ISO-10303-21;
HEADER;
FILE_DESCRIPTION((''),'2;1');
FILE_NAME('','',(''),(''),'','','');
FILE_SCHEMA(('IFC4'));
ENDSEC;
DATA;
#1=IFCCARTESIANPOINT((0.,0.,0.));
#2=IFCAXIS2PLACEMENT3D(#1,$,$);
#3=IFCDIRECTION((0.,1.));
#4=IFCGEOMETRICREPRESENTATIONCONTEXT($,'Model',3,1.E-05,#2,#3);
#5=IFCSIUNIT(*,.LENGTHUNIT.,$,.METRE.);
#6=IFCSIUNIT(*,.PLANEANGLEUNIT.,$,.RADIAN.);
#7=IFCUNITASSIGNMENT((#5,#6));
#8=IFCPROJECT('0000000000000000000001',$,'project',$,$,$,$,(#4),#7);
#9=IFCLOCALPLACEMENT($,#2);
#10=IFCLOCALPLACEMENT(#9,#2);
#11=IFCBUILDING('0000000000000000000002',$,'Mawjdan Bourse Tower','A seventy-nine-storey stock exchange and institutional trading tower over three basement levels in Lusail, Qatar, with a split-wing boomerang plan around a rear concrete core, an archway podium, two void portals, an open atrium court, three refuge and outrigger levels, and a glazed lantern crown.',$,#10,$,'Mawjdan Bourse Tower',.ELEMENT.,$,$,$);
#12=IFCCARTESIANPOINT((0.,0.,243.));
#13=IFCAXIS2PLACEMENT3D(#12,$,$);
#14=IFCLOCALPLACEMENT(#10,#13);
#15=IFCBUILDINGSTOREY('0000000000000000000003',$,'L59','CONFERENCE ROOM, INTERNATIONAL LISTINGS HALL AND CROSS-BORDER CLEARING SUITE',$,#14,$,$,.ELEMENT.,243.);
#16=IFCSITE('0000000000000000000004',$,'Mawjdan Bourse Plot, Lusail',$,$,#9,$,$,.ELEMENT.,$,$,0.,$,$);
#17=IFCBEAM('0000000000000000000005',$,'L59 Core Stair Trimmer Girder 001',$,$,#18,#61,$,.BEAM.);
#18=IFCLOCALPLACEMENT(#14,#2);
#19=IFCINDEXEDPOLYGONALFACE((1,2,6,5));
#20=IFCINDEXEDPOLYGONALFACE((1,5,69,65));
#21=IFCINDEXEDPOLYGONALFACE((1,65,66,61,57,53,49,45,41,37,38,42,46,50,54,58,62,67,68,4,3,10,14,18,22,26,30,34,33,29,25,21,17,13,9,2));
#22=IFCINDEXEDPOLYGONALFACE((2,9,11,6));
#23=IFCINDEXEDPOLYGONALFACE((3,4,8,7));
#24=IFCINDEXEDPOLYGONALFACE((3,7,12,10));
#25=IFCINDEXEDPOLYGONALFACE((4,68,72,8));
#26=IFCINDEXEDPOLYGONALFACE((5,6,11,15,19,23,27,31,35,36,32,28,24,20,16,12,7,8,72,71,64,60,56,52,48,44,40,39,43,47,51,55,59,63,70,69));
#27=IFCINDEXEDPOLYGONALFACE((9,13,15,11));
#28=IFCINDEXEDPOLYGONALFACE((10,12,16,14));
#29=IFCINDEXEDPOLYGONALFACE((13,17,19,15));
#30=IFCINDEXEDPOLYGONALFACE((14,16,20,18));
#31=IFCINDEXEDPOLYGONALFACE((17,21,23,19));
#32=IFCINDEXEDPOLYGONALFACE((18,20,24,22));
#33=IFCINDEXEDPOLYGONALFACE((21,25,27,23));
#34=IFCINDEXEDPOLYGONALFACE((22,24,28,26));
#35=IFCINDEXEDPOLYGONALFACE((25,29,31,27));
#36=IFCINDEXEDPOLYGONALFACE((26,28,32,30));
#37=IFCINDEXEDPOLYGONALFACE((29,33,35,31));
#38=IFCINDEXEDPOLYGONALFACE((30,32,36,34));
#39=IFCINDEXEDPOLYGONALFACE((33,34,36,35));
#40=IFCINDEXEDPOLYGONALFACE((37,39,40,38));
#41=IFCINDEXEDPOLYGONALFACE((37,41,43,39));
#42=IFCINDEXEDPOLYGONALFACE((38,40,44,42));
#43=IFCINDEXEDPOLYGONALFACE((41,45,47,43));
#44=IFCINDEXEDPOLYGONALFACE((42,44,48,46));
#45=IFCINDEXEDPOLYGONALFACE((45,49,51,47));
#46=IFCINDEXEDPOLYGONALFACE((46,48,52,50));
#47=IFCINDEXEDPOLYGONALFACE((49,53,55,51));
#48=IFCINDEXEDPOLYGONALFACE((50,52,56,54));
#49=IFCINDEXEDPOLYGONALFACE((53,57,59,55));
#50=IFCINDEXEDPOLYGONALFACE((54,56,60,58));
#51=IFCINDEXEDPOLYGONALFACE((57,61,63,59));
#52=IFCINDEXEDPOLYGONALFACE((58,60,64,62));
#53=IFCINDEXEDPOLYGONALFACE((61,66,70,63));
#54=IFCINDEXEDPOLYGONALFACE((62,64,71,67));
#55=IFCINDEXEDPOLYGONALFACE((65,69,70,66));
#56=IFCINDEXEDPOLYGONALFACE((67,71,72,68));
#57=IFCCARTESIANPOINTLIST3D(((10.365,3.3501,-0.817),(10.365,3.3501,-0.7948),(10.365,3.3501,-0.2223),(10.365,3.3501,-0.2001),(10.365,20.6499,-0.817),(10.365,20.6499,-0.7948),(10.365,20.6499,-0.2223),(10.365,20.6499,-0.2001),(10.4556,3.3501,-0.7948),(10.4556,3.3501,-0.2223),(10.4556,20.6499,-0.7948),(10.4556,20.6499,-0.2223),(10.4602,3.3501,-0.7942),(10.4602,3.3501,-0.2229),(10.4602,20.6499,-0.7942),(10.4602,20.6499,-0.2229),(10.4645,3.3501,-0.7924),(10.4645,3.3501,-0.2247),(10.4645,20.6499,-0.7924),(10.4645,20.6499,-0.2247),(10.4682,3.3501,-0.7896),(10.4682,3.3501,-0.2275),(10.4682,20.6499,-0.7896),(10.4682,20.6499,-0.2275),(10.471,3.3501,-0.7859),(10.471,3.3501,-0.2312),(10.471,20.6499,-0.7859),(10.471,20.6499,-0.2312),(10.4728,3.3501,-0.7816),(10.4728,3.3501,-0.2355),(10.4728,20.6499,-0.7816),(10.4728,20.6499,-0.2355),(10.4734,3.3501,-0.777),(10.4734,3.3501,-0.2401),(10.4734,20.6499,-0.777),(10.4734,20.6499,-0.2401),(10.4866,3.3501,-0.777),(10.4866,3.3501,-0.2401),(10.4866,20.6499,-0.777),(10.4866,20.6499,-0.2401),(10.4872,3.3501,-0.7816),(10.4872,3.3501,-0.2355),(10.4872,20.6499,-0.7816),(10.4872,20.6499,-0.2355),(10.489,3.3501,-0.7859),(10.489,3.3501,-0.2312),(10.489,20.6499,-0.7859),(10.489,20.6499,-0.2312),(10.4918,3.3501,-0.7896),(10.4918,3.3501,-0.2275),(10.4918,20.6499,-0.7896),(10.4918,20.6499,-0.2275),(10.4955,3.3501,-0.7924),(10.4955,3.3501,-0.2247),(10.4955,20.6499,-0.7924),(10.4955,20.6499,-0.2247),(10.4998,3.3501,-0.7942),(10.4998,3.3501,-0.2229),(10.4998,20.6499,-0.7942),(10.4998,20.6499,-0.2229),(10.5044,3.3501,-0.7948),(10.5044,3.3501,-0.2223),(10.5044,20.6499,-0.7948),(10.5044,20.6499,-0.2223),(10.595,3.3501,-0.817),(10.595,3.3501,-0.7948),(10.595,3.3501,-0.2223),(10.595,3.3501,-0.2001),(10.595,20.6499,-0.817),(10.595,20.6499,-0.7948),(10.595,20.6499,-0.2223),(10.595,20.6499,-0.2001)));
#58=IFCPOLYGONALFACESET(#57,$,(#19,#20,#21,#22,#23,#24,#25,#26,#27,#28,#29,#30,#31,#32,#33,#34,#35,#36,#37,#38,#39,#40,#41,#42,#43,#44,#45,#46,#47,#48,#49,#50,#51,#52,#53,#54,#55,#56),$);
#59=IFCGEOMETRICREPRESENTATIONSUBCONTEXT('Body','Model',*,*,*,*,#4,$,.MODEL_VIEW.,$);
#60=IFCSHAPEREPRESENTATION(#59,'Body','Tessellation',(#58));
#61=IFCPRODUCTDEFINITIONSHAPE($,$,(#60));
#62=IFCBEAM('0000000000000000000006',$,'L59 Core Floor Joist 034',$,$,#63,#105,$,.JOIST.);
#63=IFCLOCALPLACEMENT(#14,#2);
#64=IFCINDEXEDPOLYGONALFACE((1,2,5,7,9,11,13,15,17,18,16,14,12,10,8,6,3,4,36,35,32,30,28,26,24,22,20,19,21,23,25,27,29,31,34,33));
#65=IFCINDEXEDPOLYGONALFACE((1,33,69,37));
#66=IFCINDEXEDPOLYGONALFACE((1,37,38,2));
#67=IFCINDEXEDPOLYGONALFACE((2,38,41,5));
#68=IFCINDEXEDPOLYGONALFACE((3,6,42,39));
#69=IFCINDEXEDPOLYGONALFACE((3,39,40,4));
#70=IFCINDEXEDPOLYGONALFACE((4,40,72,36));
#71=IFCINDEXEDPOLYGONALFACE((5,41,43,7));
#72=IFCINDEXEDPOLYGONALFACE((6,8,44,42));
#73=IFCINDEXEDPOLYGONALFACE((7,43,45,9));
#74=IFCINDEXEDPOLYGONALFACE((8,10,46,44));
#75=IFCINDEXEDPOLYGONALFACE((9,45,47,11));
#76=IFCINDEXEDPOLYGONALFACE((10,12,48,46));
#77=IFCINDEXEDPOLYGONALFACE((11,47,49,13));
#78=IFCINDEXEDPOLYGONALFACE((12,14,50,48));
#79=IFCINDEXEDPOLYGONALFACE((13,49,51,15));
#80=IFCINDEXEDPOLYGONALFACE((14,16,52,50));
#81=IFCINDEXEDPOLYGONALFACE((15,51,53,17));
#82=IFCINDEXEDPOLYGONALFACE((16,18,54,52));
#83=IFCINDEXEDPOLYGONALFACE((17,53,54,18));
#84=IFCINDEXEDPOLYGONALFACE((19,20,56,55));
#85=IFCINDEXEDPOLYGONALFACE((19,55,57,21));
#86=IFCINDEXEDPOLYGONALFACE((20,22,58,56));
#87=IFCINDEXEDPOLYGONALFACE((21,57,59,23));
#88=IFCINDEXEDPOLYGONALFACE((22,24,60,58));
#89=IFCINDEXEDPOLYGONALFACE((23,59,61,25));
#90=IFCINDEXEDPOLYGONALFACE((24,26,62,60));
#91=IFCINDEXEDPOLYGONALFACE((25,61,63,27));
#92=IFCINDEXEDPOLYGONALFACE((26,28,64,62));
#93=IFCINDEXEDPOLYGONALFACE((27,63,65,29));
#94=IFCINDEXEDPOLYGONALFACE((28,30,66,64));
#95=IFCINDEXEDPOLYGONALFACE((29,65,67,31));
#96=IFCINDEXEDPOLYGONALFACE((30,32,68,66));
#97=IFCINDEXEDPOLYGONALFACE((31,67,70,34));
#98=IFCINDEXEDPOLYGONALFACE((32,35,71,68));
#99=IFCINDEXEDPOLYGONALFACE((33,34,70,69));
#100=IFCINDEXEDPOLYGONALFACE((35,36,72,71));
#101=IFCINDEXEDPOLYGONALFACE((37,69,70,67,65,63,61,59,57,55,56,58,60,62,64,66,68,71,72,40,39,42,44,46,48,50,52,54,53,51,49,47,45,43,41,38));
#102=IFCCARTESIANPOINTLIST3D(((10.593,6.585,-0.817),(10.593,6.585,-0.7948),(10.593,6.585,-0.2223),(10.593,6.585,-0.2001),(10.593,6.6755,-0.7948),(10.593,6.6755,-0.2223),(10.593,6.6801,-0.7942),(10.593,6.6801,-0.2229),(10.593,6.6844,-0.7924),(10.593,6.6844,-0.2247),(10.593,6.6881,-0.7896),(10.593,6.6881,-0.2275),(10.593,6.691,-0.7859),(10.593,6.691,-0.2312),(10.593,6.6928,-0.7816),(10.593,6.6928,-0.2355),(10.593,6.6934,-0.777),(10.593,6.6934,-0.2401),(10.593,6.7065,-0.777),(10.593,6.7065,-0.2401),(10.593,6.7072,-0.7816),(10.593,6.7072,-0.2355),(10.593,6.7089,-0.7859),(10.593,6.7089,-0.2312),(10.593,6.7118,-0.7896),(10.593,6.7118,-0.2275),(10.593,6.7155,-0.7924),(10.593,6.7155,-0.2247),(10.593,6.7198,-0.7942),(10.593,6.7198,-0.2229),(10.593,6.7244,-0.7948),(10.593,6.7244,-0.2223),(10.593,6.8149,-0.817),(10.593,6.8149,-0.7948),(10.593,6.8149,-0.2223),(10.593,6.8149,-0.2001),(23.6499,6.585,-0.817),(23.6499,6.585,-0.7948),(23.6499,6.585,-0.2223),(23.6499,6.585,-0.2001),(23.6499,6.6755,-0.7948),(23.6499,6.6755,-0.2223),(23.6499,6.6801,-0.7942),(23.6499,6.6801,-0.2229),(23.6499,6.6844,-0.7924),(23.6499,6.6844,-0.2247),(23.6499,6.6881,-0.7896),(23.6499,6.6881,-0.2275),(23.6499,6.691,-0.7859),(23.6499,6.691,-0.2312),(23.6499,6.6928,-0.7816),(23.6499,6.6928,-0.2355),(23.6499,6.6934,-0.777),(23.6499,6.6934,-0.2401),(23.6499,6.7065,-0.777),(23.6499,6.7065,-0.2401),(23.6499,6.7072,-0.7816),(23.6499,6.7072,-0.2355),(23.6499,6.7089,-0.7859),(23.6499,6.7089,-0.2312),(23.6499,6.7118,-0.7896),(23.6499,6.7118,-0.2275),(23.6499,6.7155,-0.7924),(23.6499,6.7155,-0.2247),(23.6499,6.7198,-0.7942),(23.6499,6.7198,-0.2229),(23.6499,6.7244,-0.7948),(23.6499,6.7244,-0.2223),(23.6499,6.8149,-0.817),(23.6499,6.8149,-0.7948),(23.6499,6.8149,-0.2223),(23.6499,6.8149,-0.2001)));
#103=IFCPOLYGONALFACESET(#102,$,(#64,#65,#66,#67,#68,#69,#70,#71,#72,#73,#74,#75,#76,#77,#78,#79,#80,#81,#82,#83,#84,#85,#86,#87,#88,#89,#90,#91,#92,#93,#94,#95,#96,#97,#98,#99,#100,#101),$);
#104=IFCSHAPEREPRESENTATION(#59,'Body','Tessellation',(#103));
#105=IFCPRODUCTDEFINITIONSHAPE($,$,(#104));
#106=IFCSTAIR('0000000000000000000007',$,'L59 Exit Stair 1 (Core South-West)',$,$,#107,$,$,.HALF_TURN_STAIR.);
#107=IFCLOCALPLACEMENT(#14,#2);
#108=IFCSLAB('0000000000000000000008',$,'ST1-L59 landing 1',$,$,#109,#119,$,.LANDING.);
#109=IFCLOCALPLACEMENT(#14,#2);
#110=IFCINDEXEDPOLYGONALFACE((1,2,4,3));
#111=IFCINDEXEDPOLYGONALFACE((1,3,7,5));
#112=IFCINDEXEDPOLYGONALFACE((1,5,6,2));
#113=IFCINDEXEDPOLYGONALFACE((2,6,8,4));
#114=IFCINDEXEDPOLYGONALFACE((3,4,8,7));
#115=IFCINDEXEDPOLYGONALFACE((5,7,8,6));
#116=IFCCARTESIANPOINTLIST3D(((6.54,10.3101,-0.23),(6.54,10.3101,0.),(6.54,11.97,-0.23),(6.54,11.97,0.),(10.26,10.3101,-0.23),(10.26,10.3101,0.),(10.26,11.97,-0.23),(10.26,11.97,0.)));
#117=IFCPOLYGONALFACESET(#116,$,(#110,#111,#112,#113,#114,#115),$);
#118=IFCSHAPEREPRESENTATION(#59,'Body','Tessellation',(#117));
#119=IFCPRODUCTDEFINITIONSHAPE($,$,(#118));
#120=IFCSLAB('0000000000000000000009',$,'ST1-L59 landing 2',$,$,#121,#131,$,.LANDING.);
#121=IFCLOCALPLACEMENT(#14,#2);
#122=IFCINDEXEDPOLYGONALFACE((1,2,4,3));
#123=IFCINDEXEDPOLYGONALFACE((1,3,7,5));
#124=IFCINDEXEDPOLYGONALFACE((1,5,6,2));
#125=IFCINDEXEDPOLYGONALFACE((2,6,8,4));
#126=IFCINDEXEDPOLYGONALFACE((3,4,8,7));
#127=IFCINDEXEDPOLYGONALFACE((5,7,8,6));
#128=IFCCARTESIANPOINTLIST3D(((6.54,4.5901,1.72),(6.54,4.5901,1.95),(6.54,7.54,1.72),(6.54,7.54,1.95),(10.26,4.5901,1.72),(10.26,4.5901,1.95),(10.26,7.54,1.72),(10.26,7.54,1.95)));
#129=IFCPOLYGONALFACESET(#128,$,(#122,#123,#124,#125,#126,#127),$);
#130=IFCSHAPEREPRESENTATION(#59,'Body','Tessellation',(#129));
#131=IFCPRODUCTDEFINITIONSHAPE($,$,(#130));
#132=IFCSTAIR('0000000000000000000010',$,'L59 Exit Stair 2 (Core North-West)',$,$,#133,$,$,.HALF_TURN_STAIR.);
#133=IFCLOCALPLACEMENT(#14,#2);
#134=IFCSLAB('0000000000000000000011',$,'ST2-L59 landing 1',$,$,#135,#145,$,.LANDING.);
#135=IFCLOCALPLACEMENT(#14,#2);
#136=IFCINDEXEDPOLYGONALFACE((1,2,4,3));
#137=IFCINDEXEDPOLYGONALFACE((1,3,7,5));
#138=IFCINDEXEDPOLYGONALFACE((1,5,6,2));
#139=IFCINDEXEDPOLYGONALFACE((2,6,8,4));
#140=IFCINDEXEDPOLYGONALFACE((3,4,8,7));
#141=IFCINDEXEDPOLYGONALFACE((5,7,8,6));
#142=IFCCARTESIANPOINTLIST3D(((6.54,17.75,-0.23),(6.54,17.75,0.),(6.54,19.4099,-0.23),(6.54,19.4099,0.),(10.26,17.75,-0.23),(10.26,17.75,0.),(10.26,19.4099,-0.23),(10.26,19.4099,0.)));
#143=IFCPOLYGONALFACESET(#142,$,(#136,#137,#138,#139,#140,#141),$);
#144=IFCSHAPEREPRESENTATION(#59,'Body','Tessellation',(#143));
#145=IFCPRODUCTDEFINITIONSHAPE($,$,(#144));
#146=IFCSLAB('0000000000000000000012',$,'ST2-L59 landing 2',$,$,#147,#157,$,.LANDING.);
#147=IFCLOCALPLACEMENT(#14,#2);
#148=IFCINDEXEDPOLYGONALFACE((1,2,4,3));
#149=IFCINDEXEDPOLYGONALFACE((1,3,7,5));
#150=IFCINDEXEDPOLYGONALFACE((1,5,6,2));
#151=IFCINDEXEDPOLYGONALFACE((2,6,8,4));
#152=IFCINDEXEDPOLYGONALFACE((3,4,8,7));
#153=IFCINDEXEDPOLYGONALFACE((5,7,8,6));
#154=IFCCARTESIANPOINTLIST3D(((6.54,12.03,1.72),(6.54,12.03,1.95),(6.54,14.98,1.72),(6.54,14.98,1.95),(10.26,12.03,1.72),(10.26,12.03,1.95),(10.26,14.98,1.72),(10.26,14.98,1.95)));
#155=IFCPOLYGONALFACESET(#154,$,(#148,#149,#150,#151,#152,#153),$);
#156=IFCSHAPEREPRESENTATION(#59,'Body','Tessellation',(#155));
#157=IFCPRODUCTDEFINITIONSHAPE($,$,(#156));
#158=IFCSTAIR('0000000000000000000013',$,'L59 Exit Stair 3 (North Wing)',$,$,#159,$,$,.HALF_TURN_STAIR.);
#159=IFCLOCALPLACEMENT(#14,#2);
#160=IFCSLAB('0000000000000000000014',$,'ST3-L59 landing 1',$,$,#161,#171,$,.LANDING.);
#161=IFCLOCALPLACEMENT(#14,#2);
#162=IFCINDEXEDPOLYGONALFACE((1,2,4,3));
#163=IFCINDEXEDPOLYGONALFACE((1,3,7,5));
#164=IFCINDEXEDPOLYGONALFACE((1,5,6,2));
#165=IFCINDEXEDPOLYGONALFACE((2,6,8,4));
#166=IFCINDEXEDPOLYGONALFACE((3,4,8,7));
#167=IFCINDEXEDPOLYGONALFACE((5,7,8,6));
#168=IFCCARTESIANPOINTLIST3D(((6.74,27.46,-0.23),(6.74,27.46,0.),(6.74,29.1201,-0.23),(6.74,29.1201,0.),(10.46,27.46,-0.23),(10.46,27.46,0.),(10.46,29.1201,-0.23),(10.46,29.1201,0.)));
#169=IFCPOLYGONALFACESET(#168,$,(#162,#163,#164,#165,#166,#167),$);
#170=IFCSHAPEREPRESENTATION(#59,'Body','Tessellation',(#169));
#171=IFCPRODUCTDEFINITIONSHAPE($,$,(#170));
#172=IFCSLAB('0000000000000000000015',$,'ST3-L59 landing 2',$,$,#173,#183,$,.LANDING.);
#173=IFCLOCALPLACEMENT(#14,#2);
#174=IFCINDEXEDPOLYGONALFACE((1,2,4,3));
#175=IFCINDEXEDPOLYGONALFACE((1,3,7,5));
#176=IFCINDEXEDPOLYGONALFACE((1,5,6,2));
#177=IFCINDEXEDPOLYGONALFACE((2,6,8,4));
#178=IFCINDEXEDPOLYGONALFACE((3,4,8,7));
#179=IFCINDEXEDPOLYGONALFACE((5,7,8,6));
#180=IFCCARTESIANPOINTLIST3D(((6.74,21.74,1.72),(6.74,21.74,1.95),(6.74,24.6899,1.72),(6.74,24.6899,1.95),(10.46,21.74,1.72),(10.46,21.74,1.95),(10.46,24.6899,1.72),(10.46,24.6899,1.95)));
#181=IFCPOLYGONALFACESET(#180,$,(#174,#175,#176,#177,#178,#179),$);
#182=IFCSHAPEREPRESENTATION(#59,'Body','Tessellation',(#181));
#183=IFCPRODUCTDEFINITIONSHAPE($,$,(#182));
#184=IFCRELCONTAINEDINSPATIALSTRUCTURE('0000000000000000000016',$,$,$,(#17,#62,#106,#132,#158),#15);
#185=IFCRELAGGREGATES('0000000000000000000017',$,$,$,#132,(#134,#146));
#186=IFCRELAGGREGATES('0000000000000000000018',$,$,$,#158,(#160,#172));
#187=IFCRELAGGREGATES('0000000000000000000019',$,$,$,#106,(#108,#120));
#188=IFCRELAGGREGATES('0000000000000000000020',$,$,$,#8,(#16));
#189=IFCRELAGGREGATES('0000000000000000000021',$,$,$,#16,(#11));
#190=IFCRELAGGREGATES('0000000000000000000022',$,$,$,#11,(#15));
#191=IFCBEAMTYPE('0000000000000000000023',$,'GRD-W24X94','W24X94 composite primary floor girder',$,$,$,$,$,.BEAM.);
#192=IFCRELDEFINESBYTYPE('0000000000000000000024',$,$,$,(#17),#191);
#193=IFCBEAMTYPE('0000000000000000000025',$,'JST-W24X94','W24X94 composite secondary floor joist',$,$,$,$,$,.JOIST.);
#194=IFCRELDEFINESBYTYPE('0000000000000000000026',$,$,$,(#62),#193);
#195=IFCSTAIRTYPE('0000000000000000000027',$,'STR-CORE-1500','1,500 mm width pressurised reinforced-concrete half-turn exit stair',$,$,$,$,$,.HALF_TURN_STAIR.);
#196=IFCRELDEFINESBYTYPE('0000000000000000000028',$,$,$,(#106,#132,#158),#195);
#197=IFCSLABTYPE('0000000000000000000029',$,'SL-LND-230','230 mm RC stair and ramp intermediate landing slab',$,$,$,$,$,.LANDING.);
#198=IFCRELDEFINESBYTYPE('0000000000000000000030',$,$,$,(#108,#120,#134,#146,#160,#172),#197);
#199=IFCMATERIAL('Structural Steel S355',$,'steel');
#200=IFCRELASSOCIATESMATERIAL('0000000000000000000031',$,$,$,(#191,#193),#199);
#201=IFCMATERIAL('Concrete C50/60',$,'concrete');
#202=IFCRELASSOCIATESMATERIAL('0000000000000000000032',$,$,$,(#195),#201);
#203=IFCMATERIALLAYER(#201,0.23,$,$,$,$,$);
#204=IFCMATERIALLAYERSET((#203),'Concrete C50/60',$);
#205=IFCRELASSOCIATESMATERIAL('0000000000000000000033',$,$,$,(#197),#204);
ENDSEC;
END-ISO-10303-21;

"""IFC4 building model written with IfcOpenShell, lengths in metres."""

from ifc_helpers import new_model, si_unit, direction, frame, origin, origin_2d, place, context, subcontext, project, spatial, polyline, i_section, outline, extrude, material, layer, layer_set, material_profile, profile_set, type_object, element, aggregate, save


model = new_model("IFC4")

# Units and contexts
model_context = context("Model", 3, precision=1e-05, world=origin(), true_north=direction((0.0, 1.0)))
body_context = subcontext(model_context, "Body", "Model", "MODEL_VIEW")
ifc_project = project(units=[si_unit("LENGTHUNIT", "METRE"), si_unit("PLANEANGLEUNIT", "RADIAN")], contexts=[model_context])

# Site, building, storey
site_placement = place(None, origin())
site = spatial("IfcSite", under=ifc_project, at=site_placement, Name="Mawjdan Bourse Plot, Lusail", CompositionType="ELEMENT", RefElevation=0.0)
building_placement = place(site_placement, origin())
building = spatial("IfcBuilding", under=site, at=building_placement, Name="Mawjdan Bourse Tower", Description="A seventy-nine-storey stock exchange and institutional trading tower over three basement levels in Lusail, Qatar, with a split-wing boomerang plan around a rear concrete core, an archway podium, two void portals, an open atrium court, three refuge and outrigger levels, and a glazed lantern crown.", LongName="Mawjdan Bourse Tower", CompositionType="ELEMENT")
storey_placement = place(building_placement, frame((0.0, 0.0, 243.0)))
storey = spatial("IfcBuildingStorey", under=building, at=storey_placement, Name="L59", Description="CONFERENCE ROOM, INTERNATIONAL LISTINGS HALL AND CROSS-BORDER CLEARING SUITE", CompositionType="ELEMENT", Elevation=243.0)

# Beams
ifc_material_1 = material(Name="Structural Steel S355", Category="steel")
ifc_material_profile_1 = material_profile(ifc_material_1, i_section(OverallWidth=0.23, OverallDepth=0.6169, WebThickness=0.0132, FlangeThickness=0.0222, FilletRadius=0.0178, at=origin_2d()), Name="W24X94")
ifc_profile_set_1 = profile_set([ifc_material_profile_1], Name="Structural Steel S355")
beam_type_1 = type_object("IfcBeamType", Name="GRD-W24X94", Description="W24X94 composite primary floor girder", PredefinedType="BEAM", material=ifc_profile_set_1)
beam_1_placement = place(storey_placement, frame((10.48, 3.3501, -0.5085), z_axis=(0.0, 1.0, 0.0), x_axis=(-1.0, 0.0, 0.0)))
element("IfcBeam", 1, at=beam_1_placement, inside=storey, type_object=beam_type_1, Name="L59 Core Stair Trimmer Girder 001", PredefinedType="BEAM", context=body_context, shape_type="SweptSolid", body=[
    extrude(i_section(OverallWidth=0.23, OverallDepth=0.6169, WebThickness=0.0132, FlangeThickness=0.0222, FilletRadius=0.0178, at=origin_2d()), origin(), (0.0, 0.0, 1.0), 17.2998),
])
ifc_material_profile_2 = material_profile(ifc_material_1, i_section(OverallWidth=0.23, OverallDepth=0.6169, WebThickness=0.0132, FlangeThickness=0.0222, FilletRadius=0.0178, at=origin_2d()), Name="W24X94")
ifc_profile_set_2 = profile_set([ifc_material_profile_2], Name="Structural Steel S355")
beam_type_2 = type_object("IfcBeamType", Name="JST-W24X94", Description="W24X94 composite secondary floor joist", PredefinedType="JOIST", material=ifc_profile_set_2)
beam_2_placement = place(storey_placement, frame((10.593, 6.7, -0.5085), z_axis=(1.0, 0.0, 0.0), x_axis=(0.0, 1.0, 0.0)))
element("IfcBeam", 2, at=beam_2_placement, inside=storey, type_object=beam_type_2, Name="L59 Core Floor Joist 034", PredefinedType="JOIST", context=body_context, shape_type="SweptSolid", body=[
    extrude(i_section(OverallWidth=0.23, OverallDepth=0.6169, WebThickness=0.0132, FlangeThickness=0.0222, FilletRadius=0.0178, at=origin_2d()), origin(), (0.0, 0.0, 1.0), 13.0569),
])

# Stairs, slabs
ifc_material_2 = material(Name="Concrete C50/60", Category="concrete")
stair_type = type_object("IfcStairType", Name="STR-CORE-1500", Description="1,500 mm width pressurised reinforced-concrete half-turn exit stair", PredefinedType="HALF_TURN_STAIR", material=ifc_material_2)
stair_1_placement = place(storey_placement, origin())
stair_1 = element("IfcStair", 3, at=stair_1_placement, inside=storey, type_object=stair_type, Name="L59 Exit Stair 1 (Core South-West)", PredefinedType="HALF_TURN_STAIR")
ifc_layer_1 = layer(ifc_material_2, 0.23)
ifc_layer_set_1 = layer_set([ifc_layer_1], Name="Concrete C50/60")
slab_type_1 = type_object("IfcSlabType", Name="SL-LND-230", Description="230 mm RC stair and ramp intermediate landing slab", PredefinedType="LANDING", material=ifc_layer_set_1)
slab_1_placement = place(storey_placement, frame((0.0, 0.0, -0.23)))
slab_1 = element("IfcSlab", 4, at=slab_1_placement, type_object=slab_type_1, Name="ST1-L59 landing 1", PredefinedType="LANDING", context=body_context, shape_type="SweptSolid", body=[
    extrude(outline(polyline([(6.54, 10.3101), (10.26, 10.3101), (10.26, 11.97), (6.54, 11.97), (6.54, 10.3101)])), origin(), (0.0, 0.0, 1.0), 0.23),
])
slab_2_placement = place(storey_placement, frame((0.0, 0.0, 1.72)))
slab_2 = element("IfcSlab", 5, at=slab_2_placement, type_object=slab_type_1, Name="ST1-L59 landing 2", PredefinedType="LANDING", context=body_context, shape_type="SweptSolid", body=[
    extrude(outline(polyline([(6.54, 4.5901), (10.26, 4.5901), (10.26, 7.54), (6.54, 7.54), (6.54, 4.5901)])), origin(), (0.0, 0.0, 1.0), 0.23),
])
stair_2_placement = place(storey_placement, origin())
stair_2 = element("IfcStair", 6, at=stair_2_placement, inside=storey, type_object=stair_type, Name="L59 Exit Stair 2 (Core North-West)", PredefinedType="HALF_TURN_STAIR")
slab_3_placement = place(storey_placement, frame((0.0, 0.0, -0.23)))
slab_3 = element("IfcSlab", 7, at=slab_3_placement, type_object=slab_type_1, Name="ST2-L59 landing 1", PredefinedType="LANDING", context=body_context, shape_type="SweptSolid", body=[
    extrude(outline(polyline([(6.54, 17.75), (10.26, 17.75), (10.26, 19.4099), (6.54, 19.4099), (6.54, 17.75)])), origin(), (0.0, 0.0, 1.0), 0.23),
])
slab_4_placement = place(storey_placement, frame((0.0, 0.0, 1.72)))
slab_4 = element("IfcSlab", 8, at=slab_4_placement, type_object=slab_type_1, Name="ST2-L59 landing 2", PredefinedType="LANDING", context=body_context, shape_type="SweptSolid", body=[
    extrude(outline(polyline([(6.54, 12.03), (10.26, 12.03), (10.26, 14.98), (6.54, 14.98), (6.54, 12.03)])), origin(), (0.0, 0.0, 1.0), 0.23),
])
aggregate(stair_2, [slab_3, slab_4])
stair_3_placement = place(storey_placement, origin())
stair_3 = element("IfcStair", 9, at=stair_3_placement, inside=storey, type_object=stair_type, Name="L59 Exit Stair 3 (North Wing)", PredefinedType="HALF_TURN_STAIR")
slab_5_placement = place(storey_placement, frame((0.0, 0.0, -0.23)))
slab_5 = element("IfcSlab", 10, at=slab_5_placement, type_object=slab_type_1, Name="ST3-L59 landing 1", PredefinedType="LANDING", context=body_context, shape_type="SweptSolid", body=[
    extrude(outline(polyline([(6.74, 27.46), (10.46, 27.46), (10.46, 29.1201), (6.74, 29.1201), (6.74, 27.46)])), origin(), (0.0, 0.0, 1.0), 0.23),
])
slab_6_placement = place(storey_placement, frame((0.0, 0.0, 1.72)))
slab_6 = element("IfcSlab", 11, at=slab_6_placement, type_object=slab_type_1, Name="ST3-L59 landing 2", PredefinedType="LANDING", context=body_context, shape_type="SweptSolid", body=[
    extrude(outline(polyline([(6.74, 21.74), (10.46, 21.74), (10.46, 24.6899), (6.74, 24.6899), (6.74, 21.74)])), origin(), (0.0, 0.0, 1.0), 0.23),
])
aggregate(stair_3, [slab_5, slab_6])

aggregate(stair_1, [slab_1, slab_2])

save(model, "model.ifc")
